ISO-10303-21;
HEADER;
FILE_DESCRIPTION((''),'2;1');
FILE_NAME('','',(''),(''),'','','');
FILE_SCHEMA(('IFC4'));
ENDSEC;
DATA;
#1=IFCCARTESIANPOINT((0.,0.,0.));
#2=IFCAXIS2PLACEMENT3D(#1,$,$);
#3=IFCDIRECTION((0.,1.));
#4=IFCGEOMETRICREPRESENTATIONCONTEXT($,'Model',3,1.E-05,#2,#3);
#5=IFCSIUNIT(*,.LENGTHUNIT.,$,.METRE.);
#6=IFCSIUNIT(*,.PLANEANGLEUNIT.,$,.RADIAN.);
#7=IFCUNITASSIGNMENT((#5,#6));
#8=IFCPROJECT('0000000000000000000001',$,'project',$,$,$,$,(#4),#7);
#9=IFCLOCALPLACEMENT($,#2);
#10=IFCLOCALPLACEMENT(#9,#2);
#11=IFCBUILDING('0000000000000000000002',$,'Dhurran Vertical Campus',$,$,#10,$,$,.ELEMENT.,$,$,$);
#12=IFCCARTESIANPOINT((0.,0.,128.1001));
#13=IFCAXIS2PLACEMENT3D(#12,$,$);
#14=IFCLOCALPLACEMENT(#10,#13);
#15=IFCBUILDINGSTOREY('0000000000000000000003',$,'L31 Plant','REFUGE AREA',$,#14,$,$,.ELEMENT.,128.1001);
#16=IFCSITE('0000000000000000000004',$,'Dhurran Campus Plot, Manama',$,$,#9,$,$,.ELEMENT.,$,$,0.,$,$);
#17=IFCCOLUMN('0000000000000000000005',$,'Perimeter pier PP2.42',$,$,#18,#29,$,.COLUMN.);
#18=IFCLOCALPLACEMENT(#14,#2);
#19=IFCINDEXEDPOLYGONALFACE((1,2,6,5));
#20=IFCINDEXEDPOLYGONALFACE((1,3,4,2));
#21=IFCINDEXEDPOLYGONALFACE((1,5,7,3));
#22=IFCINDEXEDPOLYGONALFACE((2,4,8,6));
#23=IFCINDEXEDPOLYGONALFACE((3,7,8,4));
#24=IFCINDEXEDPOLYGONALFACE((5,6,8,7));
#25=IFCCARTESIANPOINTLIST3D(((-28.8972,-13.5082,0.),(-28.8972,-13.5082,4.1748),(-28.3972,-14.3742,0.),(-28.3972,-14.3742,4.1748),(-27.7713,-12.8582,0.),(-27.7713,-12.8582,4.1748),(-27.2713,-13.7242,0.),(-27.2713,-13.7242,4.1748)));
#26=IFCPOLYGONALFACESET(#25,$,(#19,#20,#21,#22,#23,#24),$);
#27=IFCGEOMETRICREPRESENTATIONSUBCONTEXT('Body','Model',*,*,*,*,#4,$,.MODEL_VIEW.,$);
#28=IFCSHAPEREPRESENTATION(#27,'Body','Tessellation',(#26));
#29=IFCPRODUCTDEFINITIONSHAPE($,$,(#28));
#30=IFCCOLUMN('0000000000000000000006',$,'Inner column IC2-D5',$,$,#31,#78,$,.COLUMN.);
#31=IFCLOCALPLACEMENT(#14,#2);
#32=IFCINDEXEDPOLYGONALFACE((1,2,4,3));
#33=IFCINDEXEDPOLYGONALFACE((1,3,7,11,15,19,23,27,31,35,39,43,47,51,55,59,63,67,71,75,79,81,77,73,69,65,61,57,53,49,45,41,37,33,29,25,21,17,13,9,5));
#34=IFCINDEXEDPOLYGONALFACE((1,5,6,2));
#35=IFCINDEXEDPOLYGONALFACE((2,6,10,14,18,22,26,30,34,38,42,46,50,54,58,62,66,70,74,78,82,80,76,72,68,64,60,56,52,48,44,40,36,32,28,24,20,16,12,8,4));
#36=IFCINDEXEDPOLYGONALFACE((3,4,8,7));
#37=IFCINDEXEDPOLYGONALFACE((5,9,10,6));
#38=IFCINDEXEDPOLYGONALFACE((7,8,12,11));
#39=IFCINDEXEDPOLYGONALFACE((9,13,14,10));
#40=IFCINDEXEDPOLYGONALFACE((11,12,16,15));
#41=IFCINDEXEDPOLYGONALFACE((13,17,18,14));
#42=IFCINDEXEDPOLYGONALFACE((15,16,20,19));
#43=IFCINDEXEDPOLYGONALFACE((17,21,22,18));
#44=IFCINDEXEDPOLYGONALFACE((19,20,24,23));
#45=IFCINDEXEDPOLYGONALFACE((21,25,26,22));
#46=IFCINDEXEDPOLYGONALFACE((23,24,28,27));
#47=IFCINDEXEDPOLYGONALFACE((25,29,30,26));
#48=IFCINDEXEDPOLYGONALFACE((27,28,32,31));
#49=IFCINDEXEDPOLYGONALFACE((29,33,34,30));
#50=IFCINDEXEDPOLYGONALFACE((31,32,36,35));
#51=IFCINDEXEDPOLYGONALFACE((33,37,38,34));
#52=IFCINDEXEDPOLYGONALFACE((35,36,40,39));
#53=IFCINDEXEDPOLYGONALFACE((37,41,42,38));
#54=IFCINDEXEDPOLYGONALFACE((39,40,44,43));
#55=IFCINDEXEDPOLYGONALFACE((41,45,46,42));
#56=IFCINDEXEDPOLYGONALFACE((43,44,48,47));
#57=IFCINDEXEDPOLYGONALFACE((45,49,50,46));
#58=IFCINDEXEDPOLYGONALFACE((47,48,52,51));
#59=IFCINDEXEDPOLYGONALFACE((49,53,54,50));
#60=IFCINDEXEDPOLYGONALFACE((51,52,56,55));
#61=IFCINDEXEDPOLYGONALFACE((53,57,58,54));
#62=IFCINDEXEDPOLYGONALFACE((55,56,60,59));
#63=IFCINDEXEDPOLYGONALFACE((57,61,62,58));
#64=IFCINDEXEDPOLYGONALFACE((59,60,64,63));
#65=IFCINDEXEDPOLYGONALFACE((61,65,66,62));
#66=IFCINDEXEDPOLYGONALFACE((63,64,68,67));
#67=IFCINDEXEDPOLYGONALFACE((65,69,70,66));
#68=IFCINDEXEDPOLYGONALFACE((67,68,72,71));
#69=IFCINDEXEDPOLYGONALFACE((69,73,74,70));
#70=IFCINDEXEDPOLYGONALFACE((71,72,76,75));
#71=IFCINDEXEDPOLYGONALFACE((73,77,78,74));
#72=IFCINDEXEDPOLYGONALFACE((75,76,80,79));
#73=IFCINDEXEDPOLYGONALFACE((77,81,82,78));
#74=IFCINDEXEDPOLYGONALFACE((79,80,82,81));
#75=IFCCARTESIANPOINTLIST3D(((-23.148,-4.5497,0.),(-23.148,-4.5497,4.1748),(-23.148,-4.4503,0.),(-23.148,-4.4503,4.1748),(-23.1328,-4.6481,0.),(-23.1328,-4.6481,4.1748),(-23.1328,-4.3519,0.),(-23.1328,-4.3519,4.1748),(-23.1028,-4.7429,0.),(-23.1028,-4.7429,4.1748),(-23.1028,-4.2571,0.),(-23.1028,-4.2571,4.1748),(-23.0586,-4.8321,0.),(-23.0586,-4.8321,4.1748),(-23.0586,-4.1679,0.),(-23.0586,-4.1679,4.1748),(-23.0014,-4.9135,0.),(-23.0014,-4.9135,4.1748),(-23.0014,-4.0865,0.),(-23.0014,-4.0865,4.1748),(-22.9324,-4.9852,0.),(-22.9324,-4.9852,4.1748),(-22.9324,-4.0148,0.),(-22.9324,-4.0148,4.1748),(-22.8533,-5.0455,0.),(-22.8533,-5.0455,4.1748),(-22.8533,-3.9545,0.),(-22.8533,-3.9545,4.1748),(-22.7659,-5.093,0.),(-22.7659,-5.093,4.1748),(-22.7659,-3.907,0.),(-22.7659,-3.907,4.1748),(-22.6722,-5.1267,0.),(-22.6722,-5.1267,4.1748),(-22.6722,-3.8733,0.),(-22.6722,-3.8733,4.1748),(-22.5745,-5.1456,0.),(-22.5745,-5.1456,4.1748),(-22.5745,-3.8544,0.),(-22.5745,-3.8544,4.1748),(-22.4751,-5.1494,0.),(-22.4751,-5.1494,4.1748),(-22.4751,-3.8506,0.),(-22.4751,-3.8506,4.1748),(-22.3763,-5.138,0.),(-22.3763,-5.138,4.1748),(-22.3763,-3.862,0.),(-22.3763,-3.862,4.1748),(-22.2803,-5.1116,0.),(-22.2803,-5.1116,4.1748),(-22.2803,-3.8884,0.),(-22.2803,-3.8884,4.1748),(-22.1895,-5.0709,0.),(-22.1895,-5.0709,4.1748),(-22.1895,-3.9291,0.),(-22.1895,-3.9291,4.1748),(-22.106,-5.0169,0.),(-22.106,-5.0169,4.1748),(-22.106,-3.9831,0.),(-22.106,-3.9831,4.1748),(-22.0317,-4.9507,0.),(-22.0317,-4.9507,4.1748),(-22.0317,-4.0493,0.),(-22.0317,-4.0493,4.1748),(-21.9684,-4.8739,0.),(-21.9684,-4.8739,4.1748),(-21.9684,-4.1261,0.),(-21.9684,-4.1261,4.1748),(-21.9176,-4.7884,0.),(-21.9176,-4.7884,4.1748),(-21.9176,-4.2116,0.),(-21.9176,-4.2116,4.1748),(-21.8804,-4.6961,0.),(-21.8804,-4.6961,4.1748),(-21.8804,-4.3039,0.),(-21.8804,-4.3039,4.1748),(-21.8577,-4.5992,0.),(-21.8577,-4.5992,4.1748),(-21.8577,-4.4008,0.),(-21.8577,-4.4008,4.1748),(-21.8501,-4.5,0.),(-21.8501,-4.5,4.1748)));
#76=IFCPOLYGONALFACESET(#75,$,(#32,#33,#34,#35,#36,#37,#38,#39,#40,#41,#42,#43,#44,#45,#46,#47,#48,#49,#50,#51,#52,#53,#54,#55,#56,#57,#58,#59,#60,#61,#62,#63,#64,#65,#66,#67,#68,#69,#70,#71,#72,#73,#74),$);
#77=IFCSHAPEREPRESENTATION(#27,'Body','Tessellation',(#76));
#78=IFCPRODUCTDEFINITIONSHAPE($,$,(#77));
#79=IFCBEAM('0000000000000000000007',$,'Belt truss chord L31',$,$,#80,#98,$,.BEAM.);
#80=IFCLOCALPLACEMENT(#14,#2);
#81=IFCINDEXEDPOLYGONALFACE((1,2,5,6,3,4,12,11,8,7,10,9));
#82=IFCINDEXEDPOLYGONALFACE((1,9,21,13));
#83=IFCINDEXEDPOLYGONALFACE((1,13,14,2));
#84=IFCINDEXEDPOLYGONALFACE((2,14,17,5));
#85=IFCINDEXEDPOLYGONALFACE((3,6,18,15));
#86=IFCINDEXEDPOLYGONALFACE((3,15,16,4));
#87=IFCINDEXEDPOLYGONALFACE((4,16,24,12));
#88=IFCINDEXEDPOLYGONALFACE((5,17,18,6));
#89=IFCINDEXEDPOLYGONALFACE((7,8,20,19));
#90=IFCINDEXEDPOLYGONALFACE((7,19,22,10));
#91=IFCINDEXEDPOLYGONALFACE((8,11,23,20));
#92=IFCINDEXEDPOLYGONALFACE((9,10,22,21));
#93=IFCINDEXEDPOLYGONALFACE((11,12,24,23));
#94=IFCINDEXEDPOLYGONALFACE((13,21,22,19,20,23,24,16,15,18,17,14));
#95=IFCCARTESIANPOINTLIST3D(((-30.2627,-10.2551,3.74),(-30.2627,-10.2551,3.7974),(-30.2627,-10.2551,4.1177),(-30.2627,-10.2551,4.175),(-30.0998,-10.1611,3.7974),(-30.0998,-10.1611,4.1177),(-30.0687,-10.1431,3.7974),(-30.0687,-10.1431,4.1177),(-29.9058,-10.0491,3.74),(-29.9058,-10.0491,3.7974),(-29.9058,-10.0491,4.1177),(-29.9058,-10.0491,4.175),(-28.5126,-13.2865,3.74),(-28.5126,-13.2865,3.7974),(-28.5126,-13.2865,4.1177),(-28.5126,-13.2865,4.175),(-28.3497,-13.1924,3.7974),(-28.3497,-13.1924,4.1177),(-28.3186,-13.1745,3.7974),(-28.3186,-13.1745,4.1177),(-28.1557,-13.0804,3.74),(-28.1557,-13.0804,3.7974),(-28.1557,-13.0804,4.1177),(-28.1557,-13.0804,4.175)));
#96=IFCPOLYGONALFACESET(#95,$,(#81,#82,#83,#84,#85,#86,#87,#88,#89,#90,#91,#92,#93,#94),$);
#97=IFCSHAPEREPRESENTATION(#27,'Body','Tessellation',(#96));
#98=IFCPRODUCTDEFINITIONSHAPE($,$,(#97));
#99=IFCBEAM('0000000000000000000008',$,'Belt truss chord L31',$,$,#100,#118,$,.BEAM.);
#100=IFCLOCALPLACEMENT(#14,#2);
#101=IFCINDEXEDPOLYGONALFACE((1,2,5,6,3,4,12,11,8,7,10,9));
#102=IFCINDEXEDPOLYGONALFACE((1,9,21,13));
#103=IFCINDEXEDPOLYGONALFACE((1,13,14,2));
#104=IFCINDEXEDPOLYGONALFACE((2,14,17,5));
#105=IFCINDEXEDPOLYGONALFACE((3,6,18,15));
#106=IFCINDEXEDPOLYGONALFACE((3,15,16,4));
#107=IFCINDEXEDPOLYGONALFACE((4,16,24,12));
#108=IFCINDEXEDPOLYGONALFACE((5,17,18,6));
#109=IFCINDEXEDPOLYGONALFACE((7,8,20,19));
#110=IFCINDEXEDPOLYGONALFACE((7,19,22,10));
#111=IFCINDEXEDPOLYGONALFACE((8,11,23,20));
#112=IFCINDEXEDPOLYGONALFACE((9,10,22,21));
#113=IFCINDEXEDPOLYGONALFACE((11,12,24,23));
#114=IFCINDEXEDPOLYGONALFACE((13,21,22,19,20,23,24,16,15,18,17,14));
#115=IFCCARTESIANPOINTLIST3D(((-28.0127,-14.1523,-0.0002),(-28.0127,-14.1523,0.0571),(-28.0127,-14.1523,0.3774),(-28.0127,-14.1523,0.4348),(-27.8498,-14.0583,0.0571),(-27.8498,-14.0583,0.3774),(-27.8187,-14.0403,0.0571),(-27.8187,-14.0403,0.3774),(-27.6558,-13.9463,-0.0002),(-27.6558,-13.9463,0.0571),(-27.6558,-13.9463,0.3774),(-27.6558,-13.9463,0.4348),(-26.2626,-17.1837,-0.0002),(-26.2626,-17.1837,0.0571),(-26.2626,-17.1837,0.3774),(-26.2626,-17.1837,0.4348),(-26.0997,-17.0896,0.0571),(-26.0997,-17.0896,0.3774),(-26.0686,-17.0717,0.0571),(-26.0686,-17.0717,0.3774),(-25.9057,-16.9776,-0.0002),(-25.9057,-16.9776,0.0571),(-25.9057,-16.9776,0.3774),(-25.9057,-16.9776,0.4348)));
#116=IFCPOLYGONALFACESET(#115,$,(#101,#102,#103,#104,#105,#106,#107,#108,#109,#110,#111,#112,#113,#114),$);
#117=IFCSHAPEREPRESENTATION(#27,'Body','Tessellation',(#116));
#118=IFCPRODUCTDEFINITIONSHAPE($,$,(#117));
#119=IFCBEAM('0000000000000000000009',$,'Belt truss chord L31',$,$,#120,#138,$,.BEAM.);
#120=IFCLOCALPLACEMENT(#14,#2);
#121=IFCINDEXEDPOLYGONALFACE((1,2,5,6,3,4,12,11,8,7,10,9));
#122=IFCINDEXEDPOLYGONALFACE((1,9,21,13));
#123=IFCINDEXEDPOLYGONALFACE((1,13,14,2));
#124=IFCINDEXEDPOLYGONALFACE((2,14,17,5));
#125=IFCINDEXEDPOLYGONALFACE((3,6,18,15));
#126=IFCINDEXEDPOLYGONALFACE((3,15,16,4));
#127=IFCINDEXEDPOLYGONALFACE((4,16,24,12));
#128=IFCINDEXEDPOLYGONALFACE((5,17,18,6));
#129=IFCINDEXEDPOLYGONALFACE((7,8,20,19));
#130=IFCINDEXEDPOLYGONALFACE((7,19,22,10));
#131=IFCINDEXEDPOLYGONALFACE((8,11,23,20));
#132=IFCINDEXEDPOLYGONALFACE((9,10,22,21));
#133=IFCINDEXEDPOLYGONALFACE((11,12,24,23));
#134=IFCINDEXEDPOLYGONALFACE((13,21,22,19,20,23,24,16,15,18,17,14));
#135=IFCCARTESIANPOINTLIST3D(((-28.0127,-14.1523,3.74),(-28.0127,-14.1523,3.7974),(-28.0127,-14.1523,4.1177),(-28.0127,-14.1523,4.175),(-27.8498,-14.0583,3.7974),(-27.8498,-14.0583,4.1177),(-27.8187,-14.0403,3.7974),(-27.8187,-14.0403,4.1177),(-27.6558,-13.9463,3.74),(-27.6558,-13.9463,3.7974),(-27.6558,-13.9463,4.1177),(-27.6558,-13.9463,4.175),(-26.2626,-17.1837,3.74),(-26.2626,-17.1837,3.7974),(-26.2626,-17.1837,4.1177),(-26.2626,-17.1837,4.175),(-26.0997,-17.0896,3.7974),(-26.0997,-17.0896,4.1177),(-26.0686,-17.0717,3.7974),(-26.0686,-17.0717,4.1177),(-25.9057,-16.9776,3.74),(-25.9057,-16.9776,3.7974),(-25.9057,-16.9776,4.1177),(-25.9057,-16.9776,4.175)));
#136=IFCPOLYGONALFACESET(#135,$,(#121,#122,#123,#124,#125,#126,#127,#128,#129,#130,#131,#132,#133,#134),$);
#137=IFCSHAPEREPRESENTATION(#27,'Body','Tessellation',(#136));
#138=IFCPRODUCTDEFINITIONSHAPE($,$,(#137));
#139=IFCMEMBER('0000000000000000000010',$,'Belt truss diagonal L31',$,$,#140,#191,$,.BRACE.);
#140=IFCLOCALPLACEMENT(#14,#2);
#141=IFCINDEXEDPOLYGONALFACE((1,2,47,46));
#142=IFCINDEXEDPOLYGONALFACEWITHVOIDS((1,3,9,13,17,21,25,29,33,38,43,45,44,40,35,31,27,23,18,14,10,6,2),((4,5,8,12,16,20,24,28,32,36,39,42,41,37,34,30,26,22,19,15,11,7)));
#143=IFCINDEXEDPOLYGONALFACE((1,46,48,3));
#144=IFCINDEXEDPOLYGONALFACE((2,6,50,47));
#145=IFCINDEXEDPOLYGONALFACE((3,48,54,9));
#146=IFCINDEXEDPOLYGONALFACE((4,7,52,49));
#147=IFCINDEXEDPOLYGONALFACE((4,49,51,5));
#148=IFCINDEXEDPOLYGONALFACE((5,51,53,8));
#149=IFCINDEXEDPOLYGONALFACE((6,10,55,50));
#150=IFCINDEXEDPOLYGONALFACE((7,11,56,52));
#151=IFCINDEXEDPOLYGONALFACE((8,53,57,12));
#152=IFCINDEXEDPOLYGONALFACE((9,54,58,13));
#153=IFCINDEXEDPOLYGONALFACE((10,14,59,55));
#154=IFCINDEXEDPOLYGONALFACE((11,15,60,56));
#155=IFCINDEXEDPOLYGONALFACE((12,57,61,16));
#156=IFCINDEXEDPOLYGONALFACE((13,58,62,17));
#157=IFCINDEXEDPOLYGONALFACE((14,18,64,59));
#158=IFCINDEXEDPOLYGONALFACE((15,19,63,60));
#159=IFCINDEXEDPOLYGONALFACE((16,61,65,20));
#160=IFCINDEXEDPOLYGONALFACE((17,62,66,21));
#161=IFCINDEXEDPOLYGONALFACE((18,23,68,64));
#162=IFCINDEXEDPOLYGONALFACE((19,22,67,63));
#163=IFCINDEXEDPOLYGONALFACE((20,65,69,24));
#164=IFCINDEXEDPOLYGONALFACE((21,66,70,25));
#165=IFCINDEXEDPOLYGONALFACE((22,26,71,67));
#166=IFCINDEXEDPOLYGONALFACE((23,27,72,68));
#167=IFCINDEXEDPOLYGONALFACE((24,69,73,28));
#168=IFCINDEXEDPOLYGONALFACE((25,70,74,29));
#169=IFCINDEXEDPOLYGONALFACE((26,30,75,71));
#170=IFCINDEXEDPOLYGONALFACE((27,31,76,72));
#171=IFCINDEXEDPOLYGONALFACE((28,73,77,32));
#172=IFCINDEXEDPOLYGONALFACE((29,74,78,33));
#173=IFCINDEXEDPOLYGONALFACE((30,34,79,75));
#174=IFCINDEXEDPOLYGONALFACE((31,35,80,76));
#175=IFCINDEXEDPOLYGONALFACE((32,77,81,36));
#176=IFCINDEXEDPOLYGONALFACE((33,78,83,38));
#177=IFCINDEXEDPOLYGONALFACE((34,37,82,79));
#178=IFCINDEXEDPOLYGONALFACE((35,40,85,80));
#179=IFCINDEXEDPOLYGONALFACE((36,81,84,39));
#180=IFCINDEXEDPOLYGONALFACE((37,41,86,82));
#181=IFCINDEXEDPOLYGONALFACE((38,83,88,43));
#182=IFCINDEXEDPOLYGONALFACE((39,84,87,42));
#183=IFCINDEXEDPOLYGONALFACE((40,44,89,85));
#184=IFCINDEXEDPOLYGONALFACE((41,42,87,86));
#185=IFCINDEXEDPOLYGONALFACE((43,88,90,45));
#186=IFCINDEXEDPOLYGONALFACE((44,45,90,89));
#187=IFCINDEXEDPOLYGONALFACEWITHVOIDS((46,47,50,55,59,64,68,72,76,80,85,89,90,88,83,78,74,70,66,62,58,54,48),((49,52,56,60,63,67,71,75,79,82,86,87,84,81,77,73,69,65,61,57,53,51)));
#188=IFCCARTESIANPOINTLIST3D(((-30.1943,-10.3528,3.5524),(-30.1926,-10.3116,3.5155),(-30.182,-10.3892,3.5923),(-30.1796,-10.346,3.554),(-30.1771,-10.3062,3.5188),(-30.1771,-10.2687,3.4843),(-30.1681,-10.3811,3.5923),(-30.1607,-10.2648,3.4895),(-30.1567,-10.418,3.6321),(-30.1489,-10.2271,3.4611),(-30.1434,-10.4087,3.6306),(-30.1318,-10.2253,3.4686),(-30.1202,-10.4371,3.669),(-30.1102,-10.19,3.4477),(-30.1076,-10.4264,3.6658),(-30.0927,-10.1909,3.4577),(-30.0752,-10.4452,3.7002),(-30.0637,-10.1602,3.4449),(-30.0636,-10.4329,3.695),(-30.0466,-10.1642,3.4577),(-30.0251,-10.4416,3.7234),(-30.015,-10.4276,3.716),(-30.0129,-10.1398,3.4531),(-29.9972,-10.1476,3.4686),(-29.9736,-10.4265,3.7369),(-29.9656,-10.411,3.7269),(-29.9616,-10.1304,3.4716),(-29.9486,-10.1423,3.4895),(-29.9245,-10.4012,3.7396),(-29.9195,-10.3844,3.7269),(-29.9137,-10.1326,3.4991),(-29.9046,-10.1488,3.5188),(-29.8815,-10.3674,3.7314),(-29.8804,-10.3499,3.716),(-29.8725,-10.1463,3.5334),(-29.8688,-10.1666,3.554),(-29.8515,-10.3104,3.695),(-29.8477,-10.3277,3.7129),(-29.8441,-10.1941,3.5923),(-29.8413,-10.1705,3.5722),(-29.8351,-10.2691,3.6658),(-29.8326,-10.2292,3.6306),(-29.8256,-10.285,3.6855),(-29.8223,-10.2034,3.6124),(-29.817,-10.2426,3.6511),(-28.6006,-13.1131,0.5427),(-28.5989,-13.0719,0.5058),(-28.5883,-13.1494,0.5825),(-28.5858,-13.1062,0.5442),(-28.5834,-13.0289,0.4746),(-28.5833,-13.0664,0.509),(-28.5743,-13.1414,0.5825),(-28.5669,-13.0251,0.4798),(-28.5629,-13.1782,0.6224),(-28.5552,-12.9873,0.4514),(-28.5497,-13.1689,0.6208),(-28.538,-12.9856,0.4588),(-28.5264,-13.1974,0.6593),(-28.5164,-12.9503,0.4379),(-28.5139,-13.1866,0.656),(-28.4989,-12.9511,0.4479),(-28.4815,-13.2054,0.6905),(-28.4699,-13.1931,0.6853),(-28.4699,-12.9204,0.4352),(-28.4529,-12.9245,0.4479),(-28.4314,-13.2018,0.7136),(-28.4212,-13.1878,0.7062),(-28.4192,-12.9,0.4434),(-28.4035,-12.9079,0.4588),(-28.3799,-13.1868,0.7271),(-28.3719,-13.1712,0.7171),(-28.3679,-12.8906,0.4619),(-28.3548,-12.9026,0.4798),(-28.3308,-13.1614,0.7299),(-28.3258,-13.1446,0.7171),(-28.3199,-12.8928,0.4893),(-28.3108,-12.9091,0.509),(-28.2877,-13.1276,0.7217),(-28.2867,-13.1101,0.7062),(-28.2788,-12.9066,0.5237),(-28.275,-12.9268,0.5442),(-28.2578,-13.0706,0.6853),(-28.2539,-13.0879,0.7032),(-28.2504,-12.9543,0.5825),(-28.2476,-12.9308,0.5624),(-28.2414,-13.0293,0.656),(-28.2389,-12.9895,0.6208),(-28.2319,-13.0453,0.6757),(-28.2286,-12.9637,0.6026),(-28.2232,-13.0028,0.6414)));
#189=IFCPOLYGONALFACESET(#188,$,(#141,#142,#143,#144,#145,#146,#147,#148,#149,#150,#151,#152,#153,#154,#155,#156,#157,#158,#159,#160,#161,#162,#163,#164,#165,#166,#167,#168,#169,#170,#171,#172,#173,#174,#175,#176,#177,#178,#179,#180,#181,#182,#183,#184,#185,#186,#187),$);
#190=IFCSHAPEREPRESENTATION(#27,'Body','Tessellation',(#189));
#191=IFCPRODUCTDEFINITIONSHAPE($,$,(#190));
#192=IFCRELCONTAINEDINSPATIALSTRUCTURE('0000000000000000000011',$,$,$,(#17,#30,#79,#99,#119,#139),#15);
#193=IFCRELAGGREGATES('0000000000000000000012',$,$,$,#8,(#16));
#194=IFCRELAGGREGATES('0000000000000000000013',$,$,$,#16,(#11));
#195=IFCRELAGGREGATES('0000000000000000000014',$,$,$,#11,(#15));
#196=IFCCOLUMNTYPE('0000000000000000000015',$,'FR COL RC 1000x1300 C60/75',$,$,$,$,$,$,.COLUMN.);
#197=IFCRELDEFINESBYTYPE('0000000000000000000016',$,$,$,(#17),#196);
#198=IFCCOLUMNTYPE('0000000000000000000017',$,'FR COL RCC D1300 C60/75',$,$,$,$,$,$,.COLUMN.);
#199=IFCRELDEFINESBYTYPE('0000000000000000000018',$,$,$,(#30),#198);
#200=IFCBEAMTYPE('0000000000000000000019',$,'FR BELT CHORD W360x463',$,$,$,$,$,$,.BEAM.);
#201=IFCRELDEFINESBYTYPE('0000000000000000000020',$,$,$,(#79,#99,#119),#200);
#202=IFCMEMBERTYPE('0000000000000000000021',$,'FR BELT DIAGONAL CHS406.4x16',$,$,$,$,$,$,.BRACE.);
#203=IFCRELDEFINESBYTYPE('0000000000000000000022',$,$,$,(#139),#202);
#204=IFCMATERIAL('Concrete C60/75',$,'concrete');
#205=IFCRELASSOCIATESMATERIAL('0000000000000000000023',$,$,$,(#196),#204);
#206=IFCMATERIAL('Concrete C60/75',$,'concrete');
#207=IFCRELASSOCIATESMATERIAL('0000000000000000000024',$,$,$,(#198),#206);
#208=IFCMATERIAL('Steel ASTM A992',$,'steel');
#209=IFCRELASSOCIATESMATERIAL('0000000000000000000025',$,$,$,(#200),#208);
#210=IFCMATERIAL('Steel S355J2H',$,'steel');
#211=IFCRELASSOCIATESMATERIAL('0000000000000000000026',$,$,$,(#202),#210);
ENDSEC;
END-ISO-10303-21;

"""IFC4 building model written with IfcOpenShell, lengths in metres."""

from ifc_helpers import new_model, si_unit, direction, frame, origin, origin_2d, place, context, subcontext, project, spatial, rectangle, circle, hollow_circle, i_section, extrude, material, material_profile, profile_set, type_object, element, save


model = new_model("IFC4")

# Units and contexts
model_context = context("Model", 3, precision=1e-05, world=origin(), true_north=direction((0.0, 1.0)))
body_context = subcontext(model_context, "Body", "Model", "MODEL_VIEW")
ifc_project = project(units=[si_unit("LENGTHUNIT", "METRE"), si_unit("PLANEANGLEUNIT", "RADIAN")], contexts=[model_context])

# Site, building, storey
site_placement = place(None, origin())
site = spatial("IfcSite", under=ifc_project, at=site_placement, Name="Dhurran Campus Plot, Manama", CompositionType="ELEMENT", RefElevation=0.0)
building_placement = place(site_placement, origin())
building = spatial("IfcBuilding", under=site, at=building_placement, Name="Dhurran Vertical Campus", CompositionType="ELEMENT")
storey_placement = place(building_placement, frame((0.0, 0.0, 128.1001)))
storey = spatial("IfcBuildingStorey", under=building, at=storey_placement, Name="L31 Plant", Description="REFUGE AREA", CompositionType="ELEMENT", Elevation=128.1001)

# Columns
ifc_material_1 = material(Name="Concrete C60/75", Category="concrete")
ifc_material_profile_1 = material_profile(ifc_material_1, rectangle(XDim=1.0, YDim=1.3, at=origin_2d()), Name="RC 1000x1300")
ifc_profile_set_1 = profile_set([ifc_material_profile_1], Name="Concrete C60/75")
column_type_1 = type_object("IfcColumnType", Name="FR COL RC 1000x1300 C60/75", PredefinedType="COLUMN", material=ifc_profile_set_1)
column_1_placement = place(storey_placement, frame((-28.0842, -13.6162, 0.0), z_axis=(0.0, 0.0, 1.0), x_axis=(0.5, -0.866025, 0.0)))
element("IfcColumn", 1, at=column_1_placement, inside=storey, type_object=column_type_1, Name="Perimeter pier PP2.42", PredefinedType="COLUMN", context=body_context, shape_type="SweptSolid", body=[
    extrude(rectangle(XDim=1.0, YDim=1.3, at=origin_2d()), origin(), (0.0, 0.0, 1.0), 4.1748),
])
ifc_material_2 = material(Name="Concrete C60/75", Category="concrete")
ifc_material_profile_2 = material_profile(ifc_material_2, circle(Radius=0.6499, at=origin_2d()), Name="RCC D1300")
ifc_profile_set_2 = profile_set([ifc_material_profile_2], Name="Concrete C60/75")
column_type_2 = type_object("IfcColumnType", Name="FR COL RCC D1300 C60/75", PredefinedType="COLUMN", material=ifc_profile_set_2)
column_2_placement = place(storey_placement, frame((-22.5, -4.5, 0.0), z_axis=(0.0, 0.0, 1.0), x_axis=(1.0, 0.0, 0.0)))
element("IfcColumn", 2, at=column_2_placement, inside=storey, type_object=column_type_2, Name="Inner column IC2-D5", PredefinedType="COLUMN", context=body_context, shape_type="SweptSolid", body=[
    extrude(circle(Radius=0.6499, at=origin_2d()), origin(), (0.0, 0.0, 1.0), 4.1748),
])

# Beams
ifc_material_3 = material(Name="Steel ASTM A992", Category="steel")
ifc_material_profile_3 = material_profile(ifc_material_3, i_section(OverallWidth=0.4121, OverallDepth=0.4351, WebThickness=0.0359, FlangeThickness=0.0574, at=origin_2d()), Name="W360x463")
ifc_profile_set_3 = profile_set([ifc_material_profile_3], Name="Steel ASTM A992")
beam_type = type_object("IfcBeamType", Name="FR BELT CHORD W360x463", PredefinedType="BEAM", material=ifc_profile_set_3)
for number, where, z_axis, x_axis, name in (
    (3, (-30.0842, -10.1521, 3.9575), (0.49998, -0.866037, 0.0), (0.866037, 0.49998, 0.0), "Belt truss chord L31"),
    (4, (-27.8342, -14.0493, 0.2173), (0.49998, -0.866037, 0.0), (0.866037, 0.49998, 0.0), "Belt truss chord L31"),
    (5, (-27.8342, -14.0493, 3.9575), (0.49998, -0.866037, 0.0), (0.866037, 0.49998, 0.0), "Belt truss chord L31"),
):
    element("IfcBeam", number, at=place(storey_placement, frame(where, z_axis=z_axis, x_axis=x_axis)), inside=storey, type_object=beam_type, Name=name, PredefinedType="BEAM", context=body_context, shape_type="SweptSolid", body=[
        extrude(i_section(OverallWidth=0.4121, OverallDepth=0.4351, WebThickness=0.0359, FlangeThickness=0.0574, at=origin_2d()), origin(), (0.0, 0.0, 1.0), 3.5002),
    ])

# Member
ifc_material_4 = material(Name="Steel S355J2H", Category="steel")
ifc_material_profile_4 = material_profile(ifc_material_4, hollow_circle(Radius=0.2031, WallThickness=0.0161, at=origin_2d()), Name="CHS406.4x16")
ifc_profile_set_4 = profile_set([ifc_material_profile_4], Name="Steel S355J2H")
member_type = type_object("IfcMemberType", Name="FR BELT DIAGONAL CHS406.4x16", PredefinedType="BRACE", material=ifc_profile_set_4)
member_placement = place(storey_placement, frame((-28.4124, -13.0479, 0.5825), z_axis=(-0.363554, 0.629648, 0.686565), x_axis=(-0.86601, -0.500027, 0.0)))
element("IfcMember", 6, at=member_placement, inside=storey, type_object=member_type, Name="Belt truss diagonal L31", PredefinedType="BRACE", context=body_context, shape_type="SweptSolid", body=[
    extrude(hollow_circle(Radius=0.2031, WallThickness=0.0161, at=origin_2d()), origin(), (0.0, 0.0, 1.0), 4.3838),
])

save(model, "model.ifc")
